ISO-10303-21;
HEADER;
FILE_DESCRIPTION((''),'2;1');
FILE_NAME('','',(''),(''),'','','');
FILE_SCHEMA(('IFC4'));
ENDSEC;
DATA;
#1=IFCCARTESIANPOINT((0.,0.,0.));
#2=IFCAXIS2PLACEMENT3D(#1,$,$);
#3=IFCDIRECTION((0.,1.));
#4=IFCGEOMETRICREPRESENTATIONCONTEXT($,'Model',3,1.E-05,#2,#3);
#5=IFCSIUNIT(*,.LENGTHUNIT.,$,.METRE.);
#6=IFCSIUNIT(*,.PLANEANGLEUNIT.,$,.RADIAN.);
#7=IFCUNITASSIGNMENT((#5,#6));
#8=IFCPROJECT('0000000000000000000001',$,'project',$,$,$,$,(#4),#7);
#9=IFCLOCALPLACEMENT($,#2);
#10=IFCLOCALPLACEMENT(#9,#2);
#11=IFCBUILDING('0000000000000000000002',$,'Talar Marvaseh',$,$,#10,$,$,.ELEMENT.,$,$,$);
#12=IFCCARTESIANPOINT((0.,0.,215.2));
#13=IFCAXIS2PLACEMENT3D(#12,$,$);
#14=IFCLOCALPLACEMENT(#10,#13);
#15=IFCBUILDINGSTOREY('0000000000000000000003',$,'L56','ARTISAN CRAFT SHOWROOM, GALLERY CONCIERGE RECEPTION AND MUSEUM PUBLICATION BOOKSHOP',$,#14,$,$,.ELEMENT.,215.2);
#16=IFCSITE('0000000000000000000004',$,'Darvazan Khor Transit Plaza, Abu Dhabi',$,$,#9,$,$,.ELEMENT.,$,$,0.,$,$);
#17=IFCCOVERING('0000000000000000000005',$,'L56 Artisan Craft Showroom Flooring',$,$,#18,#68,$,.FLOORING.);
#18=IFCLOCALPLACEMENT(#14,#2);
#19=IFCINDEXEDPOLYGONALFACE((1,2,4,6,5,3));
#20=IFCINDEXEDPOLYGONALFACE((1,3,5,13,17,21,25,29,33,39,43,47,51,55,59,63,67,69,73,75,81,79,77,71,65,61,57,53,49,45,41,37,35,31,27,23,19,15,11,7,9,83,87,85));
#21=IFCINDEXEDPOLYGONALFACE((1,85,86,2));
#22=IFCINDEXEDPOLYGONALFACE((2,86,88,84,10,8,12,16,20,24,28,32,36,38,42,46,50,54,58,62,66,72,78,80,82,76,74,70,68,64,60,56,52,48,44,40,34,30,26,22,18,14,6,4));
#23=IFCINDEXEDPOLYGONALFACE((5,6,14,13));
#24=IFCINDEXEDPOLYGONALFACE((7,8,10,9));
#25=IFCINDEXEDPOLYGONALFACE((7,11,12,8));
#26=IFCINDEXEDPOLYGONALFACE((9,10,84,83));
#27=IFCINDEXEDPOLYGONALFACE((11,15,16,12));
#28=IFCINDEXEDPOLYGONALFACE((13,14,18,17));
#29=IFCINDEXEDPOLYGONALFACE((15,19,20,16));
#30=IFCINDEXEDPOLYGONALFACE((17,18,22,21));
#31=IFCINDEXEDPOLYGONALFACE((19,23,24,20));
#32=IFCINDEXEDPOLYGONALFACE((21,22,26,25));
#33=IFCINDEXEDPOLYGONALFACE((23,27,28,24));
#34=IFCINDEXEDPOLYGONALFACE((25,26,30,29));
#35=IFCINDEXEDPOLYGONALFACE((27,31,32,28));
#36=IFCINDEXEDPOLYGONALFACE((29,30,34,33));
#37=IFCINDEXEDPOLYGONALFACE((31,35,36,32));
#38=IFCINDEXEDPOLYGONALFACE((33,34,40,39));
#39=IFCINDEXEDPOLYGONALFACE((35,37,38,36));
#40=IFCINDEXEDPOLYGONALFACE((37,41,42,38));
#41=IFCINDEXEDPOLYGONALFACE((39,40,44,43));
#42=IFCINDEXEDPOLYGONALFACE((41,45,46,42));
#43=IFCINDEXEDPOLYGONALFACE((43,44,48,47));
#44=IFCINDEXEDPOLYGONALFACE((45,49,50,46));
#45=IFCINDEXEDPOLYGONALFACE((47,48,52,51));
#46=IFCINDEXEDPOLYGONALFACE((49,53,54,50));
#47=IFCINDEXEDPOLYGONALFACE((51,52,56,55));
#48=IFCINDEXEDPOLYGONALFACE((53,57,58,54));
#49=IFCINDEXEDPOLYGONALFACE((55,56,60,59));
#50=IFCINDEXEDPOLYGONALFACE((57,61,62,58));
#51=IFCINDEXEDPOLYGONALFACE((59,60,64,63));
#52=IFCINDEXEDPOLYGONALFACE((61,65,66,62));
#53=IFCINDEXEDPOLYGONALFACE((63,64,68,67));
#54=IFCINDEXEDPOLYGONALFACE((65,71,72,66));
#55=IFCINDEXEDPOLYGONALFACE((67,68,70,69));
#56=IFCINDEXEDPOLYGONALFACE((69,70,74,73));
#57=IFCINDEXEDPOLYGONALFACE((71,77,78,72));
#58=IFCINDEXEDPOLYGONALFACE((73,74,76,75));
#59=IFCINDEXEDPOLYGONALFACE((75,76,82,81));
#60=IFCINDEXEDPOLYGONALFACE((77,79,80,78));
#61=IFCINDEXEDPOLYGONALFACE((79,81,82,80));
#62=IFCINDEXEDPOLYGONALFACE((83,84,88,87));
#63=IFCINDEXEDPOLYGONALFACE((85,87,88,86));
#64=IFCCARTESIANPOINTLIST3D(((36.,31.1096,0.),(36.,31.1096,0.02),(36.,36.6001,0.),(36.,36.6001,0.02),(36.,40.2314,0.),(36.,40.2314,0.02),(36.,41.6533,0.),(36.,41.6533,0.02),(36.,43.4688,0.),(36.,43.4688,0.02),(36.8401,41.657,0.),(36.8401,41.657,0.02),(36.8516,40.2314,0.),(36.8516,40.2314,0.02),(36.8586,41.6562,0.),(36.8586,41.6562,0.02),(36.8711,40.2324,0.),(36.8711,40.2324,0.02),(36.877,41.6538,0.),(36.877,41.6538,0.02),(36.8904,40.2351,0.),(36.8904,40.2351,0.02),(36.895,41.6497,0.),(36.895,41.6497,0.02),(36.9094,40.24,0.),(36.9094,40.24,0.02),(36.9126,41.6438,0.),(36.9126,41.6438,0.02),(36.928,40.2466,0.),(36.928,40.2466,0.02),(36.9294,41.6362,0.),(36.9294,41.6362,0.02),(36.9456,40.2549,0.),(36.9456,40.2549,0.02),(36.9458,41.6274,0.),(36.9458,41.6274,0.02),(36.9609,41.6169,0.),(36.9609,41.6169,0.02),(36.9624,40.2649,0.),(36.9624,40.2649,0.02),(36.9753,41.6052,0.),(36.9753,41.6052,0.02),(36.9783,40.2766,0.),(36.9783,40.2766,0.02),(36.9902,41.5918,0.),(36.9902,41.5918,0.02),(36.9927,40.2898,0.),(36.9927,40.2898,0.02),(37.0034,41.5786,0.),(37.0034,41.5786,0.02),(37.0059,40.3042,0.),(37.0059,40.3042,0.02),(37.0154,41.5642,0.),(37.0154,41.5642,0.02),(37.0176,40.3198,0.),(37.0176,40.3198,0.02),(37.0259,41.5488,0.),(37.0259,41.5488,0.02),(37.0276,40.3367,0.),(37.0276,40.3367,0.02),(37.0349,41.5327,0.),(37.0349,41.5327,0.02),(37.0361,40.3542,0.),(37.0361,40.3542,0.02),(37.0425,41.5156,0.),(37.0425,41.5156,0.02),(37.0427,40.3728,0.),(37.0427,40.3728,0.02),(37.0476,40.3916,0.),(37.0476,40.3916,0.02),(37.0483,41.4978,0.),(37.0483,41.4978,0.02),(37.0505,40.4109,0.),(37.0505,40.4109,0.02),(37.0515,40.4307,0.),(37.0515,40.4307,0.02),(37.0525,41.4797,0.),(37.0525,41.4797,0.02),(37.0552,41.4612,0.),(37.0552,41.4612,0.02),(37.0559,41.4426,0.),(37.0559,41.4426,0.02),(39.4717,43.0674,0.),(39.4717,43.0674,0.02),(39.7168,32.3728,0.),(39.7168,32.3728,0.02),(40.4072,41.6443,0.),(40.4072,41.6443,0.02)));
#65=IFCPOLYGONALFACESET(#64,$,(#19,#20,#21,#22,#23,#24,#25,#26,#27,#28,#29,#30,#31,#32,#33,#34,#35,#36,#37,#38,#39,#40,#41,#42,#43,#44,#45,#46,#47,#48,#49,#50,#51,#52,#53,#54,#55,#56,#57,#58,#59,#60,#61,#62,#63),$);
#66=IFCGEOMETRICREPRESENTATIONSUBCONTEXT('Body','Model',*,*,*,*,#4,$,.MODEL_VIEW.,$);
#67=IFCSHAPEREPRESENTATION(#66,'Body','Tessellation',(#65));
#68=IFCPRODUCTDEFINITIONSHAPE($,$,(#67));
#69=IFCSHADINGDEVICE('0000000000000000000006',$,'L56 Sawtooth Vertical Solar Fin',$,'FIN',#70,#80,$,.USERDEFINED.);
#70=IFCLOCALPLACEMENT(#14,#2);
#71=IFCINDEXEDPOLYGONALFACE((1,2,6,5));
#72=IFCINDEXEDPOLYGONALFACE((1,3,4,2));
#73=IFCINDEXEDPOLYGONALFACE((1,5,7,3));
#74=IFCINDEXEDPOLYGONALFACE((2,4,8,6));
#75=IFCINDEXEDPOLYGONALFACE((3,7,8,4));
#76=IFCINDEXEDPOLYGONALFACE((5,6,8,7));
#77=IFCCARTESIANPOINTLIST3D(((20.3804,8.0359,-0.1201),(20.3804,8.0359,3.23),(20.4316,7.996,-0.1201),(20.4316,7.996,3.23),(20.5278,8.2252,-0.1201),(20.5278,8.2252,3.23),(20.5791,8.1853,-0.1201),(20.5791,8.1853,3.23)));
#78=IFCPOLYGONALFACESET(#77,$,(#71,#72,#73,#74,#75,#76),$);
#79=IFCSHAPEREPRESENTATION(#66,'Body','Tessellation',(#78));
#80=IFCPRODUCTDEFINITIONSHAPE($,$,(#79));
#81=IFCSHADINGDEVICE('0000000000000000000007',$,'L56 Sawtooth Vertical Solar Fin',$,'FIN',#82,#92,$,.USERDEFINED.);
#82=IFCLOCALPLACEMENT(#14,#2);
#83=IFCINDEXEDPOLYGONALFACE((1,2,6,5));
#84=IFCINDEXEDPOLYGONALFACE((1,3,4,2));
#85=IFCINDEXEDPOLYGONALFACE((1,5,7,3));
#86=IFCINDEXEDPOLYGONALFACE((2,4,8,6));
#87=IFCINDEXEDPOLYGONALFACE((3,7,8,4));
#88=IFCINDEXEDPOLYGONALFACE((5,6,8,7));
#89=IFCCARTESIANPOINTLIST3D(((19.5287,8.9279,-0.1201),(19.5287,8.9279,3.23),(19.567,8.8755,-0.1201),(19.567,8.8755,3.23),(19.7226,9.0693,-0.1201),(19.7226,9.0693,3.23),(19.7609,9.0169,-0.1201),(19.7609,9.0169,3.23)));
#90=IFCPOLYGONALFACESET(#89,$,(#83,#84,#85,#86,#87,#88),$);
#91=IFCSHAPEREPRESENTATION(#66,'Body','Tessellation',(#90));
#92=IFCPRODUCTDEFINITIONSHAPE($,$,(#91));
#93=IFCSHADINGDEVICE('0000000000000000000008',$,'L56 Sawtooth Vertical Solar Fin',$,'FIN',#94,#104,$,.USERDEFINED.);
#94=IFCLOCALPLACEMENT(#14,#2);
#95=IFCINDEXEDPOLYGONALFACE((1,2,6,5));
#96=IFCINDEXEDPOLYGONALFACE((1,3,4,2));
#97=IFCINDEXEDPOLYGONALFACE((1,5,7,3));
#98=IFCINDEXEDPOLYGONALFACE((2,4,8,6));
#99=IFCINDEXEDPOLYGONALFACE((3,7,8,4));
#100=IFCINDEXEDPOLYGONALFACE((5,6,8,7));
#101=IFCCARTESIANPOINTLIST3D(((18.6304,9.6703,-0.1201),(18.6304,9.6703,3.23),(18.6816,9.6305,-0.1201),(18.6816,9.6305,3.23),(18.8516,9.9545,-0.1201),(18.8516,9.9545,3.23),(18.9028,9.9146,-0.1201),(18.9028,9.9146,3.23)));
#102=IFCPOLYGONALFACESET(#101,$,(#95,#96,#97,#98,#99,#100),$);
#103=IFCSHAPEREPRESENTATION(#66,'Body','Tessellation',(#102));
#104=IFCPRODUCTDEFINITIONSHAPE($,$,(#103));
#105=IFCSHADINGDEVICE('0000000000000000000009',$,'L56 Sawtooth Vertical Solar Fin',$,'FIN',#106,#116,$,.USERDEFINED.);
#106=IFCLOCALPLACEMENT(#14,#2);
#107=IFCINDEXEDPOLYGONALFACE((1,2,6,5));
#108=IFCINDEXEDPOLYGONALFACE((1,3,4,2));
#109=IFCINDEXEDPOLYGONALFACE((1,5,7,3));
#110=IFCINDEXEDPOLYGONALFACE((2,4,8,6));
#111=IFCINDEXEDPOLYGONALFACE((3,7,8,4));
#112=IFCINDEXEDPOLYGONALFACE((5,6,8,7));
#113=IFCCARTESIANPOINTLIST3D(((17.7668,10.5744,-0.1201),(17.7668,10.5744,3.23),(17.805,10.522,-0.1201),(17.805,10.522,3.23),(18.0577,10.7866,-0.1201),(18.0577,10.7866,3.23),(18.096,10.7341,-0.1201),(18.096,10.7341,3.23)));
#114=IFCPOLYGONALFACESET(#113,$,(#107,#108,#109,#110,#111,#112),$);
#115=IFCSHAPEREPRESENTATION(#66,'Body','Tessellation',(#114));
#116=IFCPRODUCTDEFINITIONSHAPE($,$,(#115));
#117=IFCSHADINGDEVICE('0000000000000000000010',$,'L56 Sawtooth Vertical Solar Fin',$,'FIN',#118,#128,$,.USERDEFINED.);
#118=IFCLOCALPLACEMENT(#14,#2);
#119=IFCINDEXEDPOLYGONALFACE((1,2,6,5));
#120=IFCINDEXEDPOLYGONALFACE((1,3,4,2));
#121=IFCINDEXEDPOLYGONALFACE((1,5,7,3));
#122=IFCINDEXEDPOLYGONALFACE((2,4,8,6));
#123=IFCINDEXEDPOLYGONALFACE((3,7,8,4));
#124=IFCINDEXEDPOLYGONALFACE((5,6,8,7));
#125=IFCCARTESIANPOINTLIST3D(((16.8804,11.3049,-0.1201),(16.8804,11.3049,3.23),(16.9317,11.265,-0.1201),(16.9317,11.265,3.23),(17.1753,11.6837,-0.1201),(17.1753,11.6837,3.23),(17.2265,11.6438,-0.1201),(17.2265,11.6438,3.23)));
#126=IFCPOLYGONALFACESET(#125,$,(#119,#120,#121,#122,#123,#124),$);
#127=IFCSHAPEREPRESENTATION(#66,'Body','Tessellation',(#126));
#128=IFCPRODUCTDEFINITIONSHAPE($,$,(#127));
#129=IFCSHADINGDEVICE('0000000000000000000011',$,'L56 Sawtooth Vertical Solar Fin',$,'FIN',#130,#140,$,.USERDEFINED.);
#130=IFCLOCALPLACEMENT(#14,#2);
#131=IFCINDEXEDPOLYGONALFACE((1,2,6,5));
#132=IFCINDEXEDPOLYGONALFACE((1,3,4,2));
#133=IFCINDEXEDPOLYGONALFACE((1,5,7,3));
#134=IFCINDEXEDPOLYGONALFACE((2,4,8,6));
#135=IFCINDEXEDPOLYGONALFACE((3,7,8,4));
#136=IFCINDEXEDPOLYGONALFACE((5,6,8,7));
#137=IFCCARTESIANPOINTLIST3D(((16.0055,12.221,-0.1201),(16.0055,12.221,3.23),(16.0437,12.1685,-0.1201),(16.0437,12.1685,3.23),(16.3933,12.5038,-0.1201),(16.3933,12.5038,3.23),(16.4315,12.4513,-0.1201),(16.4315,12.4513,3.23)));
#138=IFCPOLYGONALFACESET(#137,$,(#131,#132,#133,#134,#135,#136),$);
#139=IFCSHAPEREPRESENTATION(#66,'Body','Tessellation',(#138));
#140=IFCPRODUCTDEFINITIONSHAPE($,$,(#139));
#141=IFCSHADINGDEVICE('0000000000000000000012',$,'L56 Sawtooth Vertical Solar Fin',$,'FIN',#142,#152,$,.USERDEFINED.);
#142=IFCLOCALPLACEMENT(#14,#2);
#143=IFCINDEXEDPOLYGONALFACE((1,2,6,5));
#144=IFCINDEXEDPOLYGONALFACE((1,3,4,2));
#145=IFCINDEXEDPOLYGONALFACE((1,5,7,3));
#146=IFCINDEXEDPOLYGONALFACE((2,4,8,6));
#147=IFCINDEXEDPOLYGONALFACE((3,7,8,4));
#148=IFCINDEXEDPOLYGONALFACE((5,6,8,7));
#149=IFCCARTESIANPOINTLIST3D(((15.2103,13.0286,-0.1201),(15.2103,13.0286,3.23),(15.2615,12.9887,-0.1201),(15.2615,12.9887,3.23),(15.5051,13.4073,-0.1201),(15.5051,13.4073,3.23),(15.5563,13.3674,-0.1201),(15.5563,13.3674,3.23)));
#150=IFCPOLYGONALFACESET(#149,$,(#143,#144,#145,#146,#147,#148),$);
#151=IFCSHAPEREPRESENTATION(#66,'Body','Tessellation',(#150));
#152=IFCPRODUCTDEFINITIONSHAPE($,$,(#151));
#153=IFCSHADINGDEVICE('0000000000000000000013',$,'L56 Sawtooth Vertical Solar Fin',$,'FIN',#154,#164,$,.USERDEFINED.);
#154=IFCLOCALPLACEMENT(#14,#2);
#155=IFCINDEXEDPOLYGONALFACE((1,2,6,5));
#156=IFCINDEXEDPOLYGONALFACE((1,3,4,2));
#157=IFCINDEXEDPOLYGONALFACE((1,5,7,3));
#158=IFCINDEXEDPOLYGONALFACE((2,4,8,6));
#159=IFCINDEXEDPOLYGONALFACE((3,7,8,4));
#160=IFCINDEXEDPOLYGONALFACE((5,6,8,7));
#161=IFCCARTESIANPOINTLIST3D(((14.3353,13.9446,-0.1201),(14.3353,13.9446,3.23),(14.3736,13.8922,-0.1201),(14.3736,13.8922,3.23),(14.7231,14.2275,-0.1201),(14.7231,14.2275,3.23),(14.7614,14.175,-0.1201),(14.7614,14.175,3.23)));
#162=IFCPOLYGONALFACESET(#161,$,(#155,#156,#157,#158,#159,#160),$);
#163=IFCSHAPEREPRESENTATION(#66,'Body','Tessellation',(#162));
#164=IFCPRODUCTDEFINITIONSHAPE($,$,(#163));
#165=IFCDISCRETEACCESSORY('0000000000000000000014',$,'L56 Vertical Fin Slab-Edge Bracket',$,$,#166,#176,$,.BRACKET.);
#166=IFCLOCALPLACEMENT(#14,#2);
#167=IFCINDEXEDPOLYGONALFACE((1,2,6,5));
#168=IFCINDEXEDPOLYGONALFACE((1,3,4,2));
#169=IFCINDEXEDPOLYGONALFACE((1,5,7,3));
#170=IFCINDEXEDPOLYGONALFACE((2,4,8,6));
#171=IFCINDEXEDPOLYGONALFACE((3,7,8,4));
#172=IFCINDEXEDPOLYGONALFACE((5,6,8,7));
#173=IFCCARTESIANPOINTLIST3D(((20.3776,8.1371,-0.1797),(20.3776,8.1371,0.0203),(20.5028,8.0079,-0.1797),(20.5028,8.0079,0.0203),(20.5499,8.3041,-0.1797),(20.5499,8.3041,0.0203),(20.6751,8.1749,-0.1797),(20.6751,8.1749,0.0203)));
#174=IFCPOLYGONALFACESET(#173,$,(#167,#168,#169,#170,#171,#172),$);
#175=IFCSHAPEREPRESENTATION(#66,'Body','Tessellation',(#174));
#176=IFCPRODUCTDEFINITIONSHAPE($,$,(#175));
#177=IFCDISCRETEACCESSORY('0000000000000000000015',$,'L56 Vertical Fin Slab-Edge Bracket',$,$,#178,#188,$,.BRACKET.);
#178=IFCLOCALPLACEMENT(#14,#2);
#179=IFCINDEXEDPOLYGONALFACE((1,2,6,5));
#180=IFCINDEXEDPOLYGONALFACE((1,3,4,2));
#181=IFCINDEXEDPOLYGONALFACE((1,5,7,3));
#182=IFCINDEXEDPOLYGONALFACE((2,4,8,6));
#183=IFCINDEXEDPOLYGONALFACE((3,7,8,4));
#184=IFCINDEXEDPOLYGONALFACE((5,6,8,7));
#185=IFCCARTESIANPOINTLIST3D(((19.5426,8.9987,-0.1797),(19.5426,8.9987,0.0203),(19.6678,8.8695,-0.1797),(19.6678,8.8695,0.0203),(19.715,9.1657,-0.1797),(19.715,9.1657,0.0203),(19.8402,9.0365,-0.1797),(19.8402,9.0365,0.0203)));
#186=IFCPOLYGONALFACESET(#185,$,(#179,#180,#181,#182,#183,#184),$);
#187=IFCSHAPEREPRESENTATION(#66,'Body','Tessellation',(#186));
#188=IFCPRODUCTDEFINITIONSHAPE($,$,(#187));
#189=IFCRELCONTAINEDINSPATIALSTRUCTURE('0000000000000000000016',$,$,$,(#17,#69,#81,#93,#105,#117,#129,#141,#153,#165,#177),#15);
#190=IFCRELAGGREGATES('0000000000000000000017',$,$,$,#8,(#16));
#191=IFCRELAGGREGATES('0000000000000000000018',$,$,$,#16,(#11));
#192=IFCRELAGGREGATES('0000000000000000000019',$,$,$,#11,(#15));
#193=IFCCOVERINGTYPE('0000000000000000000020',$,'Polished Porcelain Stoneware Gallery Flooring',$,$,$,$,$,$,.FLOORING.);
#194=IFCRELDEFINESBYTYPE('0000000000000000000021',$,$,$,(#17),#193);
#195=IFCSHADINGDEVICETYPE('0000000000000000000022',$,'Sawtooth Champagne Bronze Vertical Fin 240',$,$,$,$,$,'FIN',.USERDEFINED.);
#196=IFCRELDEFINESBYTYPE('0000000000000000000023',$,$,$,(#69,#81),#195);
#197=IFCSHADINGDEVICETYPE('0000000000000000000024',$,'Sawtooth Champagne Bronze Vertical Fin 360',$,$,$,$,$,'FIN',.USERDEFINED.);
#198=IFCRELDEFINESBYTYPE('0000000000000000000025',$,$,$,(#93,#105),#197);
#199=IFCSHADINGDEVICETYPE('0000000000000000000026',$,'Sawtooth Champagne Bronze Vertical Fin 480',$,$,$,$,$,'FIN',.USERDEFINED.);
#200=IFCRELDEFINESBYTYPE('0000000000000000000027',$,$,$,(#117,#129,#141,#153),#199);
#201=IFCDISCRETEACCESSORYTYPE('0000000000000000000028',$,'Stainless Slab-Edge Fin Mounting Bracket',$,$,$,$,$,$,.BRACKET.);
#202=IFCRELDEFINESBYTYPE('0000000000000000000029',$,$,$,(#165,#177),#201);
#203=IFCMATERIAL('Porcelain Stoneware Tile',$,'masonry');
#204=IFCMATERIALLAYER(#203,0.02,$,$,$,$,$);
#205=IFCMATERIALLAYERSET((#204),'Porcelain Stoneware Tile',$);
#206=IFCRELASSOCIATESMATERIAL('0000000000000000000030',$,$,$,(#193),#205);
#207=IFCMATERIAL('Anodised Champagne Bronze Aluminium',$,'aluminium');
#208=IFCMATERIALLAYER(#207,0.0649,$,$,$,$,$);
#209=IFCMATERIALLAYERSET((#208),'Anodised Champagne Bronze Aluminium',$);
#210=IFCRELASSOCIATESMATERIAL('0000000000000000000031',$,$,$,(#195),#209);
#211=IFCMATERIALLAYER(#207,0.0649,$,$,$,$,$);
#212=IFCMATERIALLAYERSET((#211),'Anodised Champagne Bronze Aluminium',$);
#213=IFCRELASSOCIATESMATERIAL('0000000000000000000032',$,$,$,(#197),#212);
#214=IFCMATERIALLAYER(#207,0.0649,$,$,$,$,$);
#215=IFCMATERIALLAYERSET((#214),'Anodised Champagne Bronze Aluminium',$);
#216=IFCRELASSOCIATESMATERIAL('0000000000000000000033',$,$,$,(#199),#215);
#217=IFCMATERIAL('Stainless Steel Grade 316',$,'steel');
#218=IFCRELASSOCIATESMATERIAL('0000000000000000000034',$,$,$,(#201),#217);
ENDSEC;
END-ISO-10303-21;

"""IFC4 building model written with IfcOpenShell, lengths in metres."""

from ifc_helpers import new_model, si_unit, direction, frame, origin, origin_2d, place, context, subcontext, project, spatial, polyline, rectangle, outline, extrude, source, transform, mapped, material, layer, layer_set, type_object, type_shapes, element, save


model = new_model("IFC4")

# Units and contexts
model_context = context("Model", 3, precision=1e-05, world=origin(), true_north=direction((0.0, 1.0)))
body_context = subcontext(model_context, "Body", "Model", "MODEL_VIEW")
ifc_project = project(units=[si_unit("LENGTHUNIT", "METRE"), si_unit("PLANEANGLEUNIT", "RADIAN")], contexts=[model_context])

# Site, building, storey
site_placement = place(None, origin())
site = spatial("IfcSite", under=ifc_project, at=site_placement, Name="Darvazan Khor Transit Plaza, Abu Dhabi", CompositionType="ELEMENT", RefElevation=0.0)
building_placement = place(site_placement, origin())
building = spatial("IfcBuilding", under=site, at=building_placement, Name="Talar Marvaseh", CompositionType="ELEMENT")
storey_placement = place(building_placement, frame((0.0, 0.0, 215.2)))
storey = spatial("IfcBuildingStorey", under=building, at=storey_placement, Name="L56", Description="ARTISAN CRAFT SHOWROOM, GALLERY CONCIERGE RECEPTION AND MUSEUM PUBLICATION BOOKSHOP", CompositionType="ELEMENT", Elevation=215.2)

# Covering
ifc_material_1 = material(Name="Porcelain Stoneware Tile", Category="masonry")
ifc_layer_1 = layer(ifc_material_1, 0.02)
ifc_layer_set_1 = layer_set([ifc_layer_1], Name="Porcelain Stoneware Tile")
covering_type_1 = type_object("IfcCoveringType", Name="Polished Porcelain Stoneware Gallery Flooring", PredefinedType="FLOORING", material=ifc_layer_set_1)
covering_1_placement = place(storey_placement, origin())
element("IfcCovering", 1, at=covering_1_placement, inside=storey, type_object=covering_type_1, Name="L56 Artisan Craft Showroom Flooring", PredefinedType="FLOORING", context=body_context, shape_type="SweptSolid", body=[
    extrude(outline(polyline([(40.4072, 41.6443), (39.7168, 32.3728), (36.0, 31.1096), (36.0, 36.6001), (36.0, 40.2314), (36.8516, 40.2314), (36.8711, 40.2324), (36.8904, 40.2351), (36.9094, 40.24), (36.928, 40.2466), (36.9456, 40.2549), (36.9624, 40.2649), (36.9783, 40.2766), (36.9927, 40.2898), (37.0059, 40.3042), (37.0176, 40.3198), (37.0276, 40.3367), (37.0361, 40.3542), (37.0427, 40.3728), (37.0476, 40.3916), (37.0505, 40.4109), (37.0515, 40.4307), (37.0559, 41.4426), (37.0552, 41.4612), (37.0525, 41.4797), (37.0483, 41.4978), (37.0425, 41.5156), (37.0349, 41.5327), (37.0259, 41.5488), (37.0154, 41.5642), (37.0034, 41.5786), (36.9902, 41.5918), (36.9753, 41.6052), (36.9609, 41.6169), (36.9458, 41.6274), (36.9294, 41.6362), (36.9126, 41.6438), (36.895, 41.6497), (36.877, 41.6538), (36.8586, 41.6562), (36.8401, 41.657), (36.0, 41.6533), (36.0, 43.4688), (39.4717, 43.0674), (40.4072, 41.6443)])), origin(), (0.0, 0.0, 1.0), 0.02),
])

# Shading devices
ifc_material_2 = material(Name="Anodised Champagne Bronze Aluminium", Category="aluminium")
ifc_layer_2 = layer(ifc_material_2, 0.0649)
ifc_layer_set_2 = layer_set([ifc_layer_2], Name="Anodised Champagne Bronze Aluminium")
shading_device_type_1 = type_object("IfcShadingDeviceType", Name="Sawtooth Champagne Bronze Vertical Fin 240", ElementType="FIN", PredefinedType="USERDEFINED", material=ifc_layer_set_2)
shared_shape_1 = source(origin(), body_context, "Body", "SweptSolid", [
    extrude(rectangle(XDim=0.24, YDim=0.0649, at=origin_2d()), origin(), (0.0, 0.0, 1.0), 3.3501),
])
type_shapes(shading_device_type_1, [shared_shape_1])
for number, where, z_axis, x_axis, name in (
    (2, (20.4797, 8.1106, -0.1201), (0.0, 0.0, 1.0), (-0.614285, -0.789084, 0.0), "L56 Sawtooth Vertical Solar Fin"),
    (3, (19.6448, 8.9724, -0.1201), (0.0, 0.0, 1.0), (-0.80799, -0.589196, 0.0), "L56 Sawtooth Vertical Solar Fin"),
):
    element("IfcShadingDevice", number, at=place(storey_placement, frame(where, z_axis=z_axis, x_axis=x_axis)), inside=storey, type_object=shading_device_type_1, Name=name, ObjectType="FIN", PredefinedType="USERDEFINED", context=body_context, shape_type="MappedRepresentation", body=[
        mapped(shared_shape_1, transform((0.0, 0.0, 0.0), x_axis=(1.0, 0.0, 0.0), y_axis=(0.0, 1.0, 0.0), z_axis=(0.0, 0.0, 1.0), scale=1.0)),
    ])
ifc_layer_3 = layer(ifc_material_2, 0.0649)
ifc_layer_set_3 = layer_set([ifc_layer_3], Name="Anodised Champagne Bronze Aluminium")
shading_device_type_2 = type_object("IfcShadingDeviceType", Name="Sawtooth Champagne Bronze Vertical Fin 360", ElementType="FIN", PredefinedType="USERDEFINED", material=ifc_layer_set_3)
shared_shape_2 = source(origin(), body_context, "Body", "SweptSolid", [
    extrude(rectangle(XDim=0.3601, YDim=0.0649, at=origin_2d()), origin(), (0.0, 0.0, 1.0), 3.3501),
])
type_shapes(shading_device_type_2, [shared_shape_2])
for number, where, z_axis, x_axis, name in (
    (4, (18.7666, 9.7925, -0.1201), (0.0, 0.0, 1.0), (-0.614285, -0.789084, 0.0), "L56 Sawtooth Vertical Solar Fin"),
    (5, (17.9314, 10.6543, -0.1201), (0.0, 0.0, 1.0), (-0.80799, -0.589196, 0.0), "L56 Sawtooth Vertical Solar Fin"),
):
    element("IfcShadingDevice", number, at=place(storey_placement, frame(where, z_axis=z_axis, x_axis=x_axis)), inside=storey, type_object=shading_device_type_2, Name=name, ObjectType="FIN", PredefinedType="USERDEFINED", context=body_context, shape_type="MappedRepresentation", body=[
        mapped(shared_shape_2, transform((0.0, 0.0, 0.0), x_axis=(1.0, 0.0, 0.0), y_axis=(0.0, 1.0, 0.0), z_axis=(0.0, 0.0, 1.0), scale=1.0)),
    ])
ifc_layer_4 = layer(ifc_material_2, 0.0649)
ifc_layer_set_4 = layer_set([ifc_layer_4], Name="Anodised Champagne Bronze Aluminium")
shading_device_type_3 = type_object("IfcShadingDeviceType", Name="Sawtooth Champagne Bronze Vertical Fin 480", ElementType="FIN", PredefinedType="USERDEFINED", material=ifc_layer_set_4)
shared_shape_3 = source(origin(), body_context, "Body", "SweptSolid", [
    extrude(rectangle(XDim=0.48, YDim=0.0649, at=origin_2d()), origin(), (0.0, 0.0, 1.0), 3.3501),
])
type_shapes(shading_device_type_3, [shared_shape_3])
for number, where, z_axis, x_axis, name in (
    (6, (17.0535, 11.4744, -0.1201), (0.0, 0.0, 1.0), (-0.614285, -0.789084, 0.0), "L56 Sawtooth Vertical Solar Fin"),
    (7, (16.2185, 12.3362, -0.1201), (0.0, 0.0, 1.0), (-0.80799, -0.589196, 0.0), "L56 Sawtooth Vertical Solar Fin"),
    (8, (15.3833, 13.198, -0.1201), (0.0, 0.0, 1.0), (-0.614285, -0.789084, 0.0), "L56 Sawtooth Vertical Solar Fin"),
    (9, (14.5483, 14.0598, -0.1201), (0.0, 0.0, 1.0), (-0.80799, -0.589196, 0.0), "L56 Sawtooth Vertical Solar Fin"),
):
    element("IfcShadingDevice", number, at=place(storey_placement, frame(where, z_axis=z_axis, x_axis=x_axis)), inside=storey, type_object=shading_device_type_3, Name=name, ObjectType="FIN", PredefinedType="USERDEFINED", context=body_context, shape_type="MappedRepresentation", body=[
        mapped(shared_shape_3, transform((0.0, 0.0, 0.0), x_axis=(1.0, 0.0, 0.0), y_axis=(0.0, 1.0, 0.0), z_axis=(0.0, 0.0, 1.0), scale=1.0)),
    ])

# Discrete accessories
ifc_material_3 = material(Name="Stainless Steel Grade 316", Category="steel")
discrete_accessory_type = type_object("IfcDiscreteAccessoryType", Name="Stainless Slab-Edge Fin Mounting Bracket", PredefinedType="BRACKET", material=ifc_material_3)
shared_shape_4 = source(origin(), body_context, "Body", "SweptSolid", [
    extrude(rectangle(XDim=0.24, YDim=0.1799, at=origin_2d()), origin(), (0.0, 0.0, 1.0), 0.2),
])
type_shapes(discrete_accessory_type, [shared_shape_4])
for number, where, z_axis, x_axis, name in (
    (10, (20.5264, 8.156, -0.1797), (0.0, 0.0, 1.0), (-0.718126, -0.695913, 0.0), "L56 Vertical Fin Slab-Edge Bracket"),
    (11, (19.6914, 9.0176, -0.1797), (0.0, 0.0, 1.0), (-0.718126, -0.695913, 0.0), "L56 Vertical Fin Slab-Edge Bracket"),
):
    element("IfcDiscreteAccessory", number, at=place(storey_placement, frame(where, z_axis=z_axis, x_axis=x_axis)), inside=storey, type_object=discrete_accessory_type, Name=name, PredefinedType="BRACKET", context=body_context, shape_type="MappedRepresentation", body=[
        mapped(shared_shape_4, transform((0.0, 0.0, 0.0), x_axis=(1.0, 0.0, 0.0), y_axis=(0.0, 1.0, 0.0), z_axis=(0.0, 0.0, 1.0), scale=1.0)),
    ])

save(model, "model.ifc")
